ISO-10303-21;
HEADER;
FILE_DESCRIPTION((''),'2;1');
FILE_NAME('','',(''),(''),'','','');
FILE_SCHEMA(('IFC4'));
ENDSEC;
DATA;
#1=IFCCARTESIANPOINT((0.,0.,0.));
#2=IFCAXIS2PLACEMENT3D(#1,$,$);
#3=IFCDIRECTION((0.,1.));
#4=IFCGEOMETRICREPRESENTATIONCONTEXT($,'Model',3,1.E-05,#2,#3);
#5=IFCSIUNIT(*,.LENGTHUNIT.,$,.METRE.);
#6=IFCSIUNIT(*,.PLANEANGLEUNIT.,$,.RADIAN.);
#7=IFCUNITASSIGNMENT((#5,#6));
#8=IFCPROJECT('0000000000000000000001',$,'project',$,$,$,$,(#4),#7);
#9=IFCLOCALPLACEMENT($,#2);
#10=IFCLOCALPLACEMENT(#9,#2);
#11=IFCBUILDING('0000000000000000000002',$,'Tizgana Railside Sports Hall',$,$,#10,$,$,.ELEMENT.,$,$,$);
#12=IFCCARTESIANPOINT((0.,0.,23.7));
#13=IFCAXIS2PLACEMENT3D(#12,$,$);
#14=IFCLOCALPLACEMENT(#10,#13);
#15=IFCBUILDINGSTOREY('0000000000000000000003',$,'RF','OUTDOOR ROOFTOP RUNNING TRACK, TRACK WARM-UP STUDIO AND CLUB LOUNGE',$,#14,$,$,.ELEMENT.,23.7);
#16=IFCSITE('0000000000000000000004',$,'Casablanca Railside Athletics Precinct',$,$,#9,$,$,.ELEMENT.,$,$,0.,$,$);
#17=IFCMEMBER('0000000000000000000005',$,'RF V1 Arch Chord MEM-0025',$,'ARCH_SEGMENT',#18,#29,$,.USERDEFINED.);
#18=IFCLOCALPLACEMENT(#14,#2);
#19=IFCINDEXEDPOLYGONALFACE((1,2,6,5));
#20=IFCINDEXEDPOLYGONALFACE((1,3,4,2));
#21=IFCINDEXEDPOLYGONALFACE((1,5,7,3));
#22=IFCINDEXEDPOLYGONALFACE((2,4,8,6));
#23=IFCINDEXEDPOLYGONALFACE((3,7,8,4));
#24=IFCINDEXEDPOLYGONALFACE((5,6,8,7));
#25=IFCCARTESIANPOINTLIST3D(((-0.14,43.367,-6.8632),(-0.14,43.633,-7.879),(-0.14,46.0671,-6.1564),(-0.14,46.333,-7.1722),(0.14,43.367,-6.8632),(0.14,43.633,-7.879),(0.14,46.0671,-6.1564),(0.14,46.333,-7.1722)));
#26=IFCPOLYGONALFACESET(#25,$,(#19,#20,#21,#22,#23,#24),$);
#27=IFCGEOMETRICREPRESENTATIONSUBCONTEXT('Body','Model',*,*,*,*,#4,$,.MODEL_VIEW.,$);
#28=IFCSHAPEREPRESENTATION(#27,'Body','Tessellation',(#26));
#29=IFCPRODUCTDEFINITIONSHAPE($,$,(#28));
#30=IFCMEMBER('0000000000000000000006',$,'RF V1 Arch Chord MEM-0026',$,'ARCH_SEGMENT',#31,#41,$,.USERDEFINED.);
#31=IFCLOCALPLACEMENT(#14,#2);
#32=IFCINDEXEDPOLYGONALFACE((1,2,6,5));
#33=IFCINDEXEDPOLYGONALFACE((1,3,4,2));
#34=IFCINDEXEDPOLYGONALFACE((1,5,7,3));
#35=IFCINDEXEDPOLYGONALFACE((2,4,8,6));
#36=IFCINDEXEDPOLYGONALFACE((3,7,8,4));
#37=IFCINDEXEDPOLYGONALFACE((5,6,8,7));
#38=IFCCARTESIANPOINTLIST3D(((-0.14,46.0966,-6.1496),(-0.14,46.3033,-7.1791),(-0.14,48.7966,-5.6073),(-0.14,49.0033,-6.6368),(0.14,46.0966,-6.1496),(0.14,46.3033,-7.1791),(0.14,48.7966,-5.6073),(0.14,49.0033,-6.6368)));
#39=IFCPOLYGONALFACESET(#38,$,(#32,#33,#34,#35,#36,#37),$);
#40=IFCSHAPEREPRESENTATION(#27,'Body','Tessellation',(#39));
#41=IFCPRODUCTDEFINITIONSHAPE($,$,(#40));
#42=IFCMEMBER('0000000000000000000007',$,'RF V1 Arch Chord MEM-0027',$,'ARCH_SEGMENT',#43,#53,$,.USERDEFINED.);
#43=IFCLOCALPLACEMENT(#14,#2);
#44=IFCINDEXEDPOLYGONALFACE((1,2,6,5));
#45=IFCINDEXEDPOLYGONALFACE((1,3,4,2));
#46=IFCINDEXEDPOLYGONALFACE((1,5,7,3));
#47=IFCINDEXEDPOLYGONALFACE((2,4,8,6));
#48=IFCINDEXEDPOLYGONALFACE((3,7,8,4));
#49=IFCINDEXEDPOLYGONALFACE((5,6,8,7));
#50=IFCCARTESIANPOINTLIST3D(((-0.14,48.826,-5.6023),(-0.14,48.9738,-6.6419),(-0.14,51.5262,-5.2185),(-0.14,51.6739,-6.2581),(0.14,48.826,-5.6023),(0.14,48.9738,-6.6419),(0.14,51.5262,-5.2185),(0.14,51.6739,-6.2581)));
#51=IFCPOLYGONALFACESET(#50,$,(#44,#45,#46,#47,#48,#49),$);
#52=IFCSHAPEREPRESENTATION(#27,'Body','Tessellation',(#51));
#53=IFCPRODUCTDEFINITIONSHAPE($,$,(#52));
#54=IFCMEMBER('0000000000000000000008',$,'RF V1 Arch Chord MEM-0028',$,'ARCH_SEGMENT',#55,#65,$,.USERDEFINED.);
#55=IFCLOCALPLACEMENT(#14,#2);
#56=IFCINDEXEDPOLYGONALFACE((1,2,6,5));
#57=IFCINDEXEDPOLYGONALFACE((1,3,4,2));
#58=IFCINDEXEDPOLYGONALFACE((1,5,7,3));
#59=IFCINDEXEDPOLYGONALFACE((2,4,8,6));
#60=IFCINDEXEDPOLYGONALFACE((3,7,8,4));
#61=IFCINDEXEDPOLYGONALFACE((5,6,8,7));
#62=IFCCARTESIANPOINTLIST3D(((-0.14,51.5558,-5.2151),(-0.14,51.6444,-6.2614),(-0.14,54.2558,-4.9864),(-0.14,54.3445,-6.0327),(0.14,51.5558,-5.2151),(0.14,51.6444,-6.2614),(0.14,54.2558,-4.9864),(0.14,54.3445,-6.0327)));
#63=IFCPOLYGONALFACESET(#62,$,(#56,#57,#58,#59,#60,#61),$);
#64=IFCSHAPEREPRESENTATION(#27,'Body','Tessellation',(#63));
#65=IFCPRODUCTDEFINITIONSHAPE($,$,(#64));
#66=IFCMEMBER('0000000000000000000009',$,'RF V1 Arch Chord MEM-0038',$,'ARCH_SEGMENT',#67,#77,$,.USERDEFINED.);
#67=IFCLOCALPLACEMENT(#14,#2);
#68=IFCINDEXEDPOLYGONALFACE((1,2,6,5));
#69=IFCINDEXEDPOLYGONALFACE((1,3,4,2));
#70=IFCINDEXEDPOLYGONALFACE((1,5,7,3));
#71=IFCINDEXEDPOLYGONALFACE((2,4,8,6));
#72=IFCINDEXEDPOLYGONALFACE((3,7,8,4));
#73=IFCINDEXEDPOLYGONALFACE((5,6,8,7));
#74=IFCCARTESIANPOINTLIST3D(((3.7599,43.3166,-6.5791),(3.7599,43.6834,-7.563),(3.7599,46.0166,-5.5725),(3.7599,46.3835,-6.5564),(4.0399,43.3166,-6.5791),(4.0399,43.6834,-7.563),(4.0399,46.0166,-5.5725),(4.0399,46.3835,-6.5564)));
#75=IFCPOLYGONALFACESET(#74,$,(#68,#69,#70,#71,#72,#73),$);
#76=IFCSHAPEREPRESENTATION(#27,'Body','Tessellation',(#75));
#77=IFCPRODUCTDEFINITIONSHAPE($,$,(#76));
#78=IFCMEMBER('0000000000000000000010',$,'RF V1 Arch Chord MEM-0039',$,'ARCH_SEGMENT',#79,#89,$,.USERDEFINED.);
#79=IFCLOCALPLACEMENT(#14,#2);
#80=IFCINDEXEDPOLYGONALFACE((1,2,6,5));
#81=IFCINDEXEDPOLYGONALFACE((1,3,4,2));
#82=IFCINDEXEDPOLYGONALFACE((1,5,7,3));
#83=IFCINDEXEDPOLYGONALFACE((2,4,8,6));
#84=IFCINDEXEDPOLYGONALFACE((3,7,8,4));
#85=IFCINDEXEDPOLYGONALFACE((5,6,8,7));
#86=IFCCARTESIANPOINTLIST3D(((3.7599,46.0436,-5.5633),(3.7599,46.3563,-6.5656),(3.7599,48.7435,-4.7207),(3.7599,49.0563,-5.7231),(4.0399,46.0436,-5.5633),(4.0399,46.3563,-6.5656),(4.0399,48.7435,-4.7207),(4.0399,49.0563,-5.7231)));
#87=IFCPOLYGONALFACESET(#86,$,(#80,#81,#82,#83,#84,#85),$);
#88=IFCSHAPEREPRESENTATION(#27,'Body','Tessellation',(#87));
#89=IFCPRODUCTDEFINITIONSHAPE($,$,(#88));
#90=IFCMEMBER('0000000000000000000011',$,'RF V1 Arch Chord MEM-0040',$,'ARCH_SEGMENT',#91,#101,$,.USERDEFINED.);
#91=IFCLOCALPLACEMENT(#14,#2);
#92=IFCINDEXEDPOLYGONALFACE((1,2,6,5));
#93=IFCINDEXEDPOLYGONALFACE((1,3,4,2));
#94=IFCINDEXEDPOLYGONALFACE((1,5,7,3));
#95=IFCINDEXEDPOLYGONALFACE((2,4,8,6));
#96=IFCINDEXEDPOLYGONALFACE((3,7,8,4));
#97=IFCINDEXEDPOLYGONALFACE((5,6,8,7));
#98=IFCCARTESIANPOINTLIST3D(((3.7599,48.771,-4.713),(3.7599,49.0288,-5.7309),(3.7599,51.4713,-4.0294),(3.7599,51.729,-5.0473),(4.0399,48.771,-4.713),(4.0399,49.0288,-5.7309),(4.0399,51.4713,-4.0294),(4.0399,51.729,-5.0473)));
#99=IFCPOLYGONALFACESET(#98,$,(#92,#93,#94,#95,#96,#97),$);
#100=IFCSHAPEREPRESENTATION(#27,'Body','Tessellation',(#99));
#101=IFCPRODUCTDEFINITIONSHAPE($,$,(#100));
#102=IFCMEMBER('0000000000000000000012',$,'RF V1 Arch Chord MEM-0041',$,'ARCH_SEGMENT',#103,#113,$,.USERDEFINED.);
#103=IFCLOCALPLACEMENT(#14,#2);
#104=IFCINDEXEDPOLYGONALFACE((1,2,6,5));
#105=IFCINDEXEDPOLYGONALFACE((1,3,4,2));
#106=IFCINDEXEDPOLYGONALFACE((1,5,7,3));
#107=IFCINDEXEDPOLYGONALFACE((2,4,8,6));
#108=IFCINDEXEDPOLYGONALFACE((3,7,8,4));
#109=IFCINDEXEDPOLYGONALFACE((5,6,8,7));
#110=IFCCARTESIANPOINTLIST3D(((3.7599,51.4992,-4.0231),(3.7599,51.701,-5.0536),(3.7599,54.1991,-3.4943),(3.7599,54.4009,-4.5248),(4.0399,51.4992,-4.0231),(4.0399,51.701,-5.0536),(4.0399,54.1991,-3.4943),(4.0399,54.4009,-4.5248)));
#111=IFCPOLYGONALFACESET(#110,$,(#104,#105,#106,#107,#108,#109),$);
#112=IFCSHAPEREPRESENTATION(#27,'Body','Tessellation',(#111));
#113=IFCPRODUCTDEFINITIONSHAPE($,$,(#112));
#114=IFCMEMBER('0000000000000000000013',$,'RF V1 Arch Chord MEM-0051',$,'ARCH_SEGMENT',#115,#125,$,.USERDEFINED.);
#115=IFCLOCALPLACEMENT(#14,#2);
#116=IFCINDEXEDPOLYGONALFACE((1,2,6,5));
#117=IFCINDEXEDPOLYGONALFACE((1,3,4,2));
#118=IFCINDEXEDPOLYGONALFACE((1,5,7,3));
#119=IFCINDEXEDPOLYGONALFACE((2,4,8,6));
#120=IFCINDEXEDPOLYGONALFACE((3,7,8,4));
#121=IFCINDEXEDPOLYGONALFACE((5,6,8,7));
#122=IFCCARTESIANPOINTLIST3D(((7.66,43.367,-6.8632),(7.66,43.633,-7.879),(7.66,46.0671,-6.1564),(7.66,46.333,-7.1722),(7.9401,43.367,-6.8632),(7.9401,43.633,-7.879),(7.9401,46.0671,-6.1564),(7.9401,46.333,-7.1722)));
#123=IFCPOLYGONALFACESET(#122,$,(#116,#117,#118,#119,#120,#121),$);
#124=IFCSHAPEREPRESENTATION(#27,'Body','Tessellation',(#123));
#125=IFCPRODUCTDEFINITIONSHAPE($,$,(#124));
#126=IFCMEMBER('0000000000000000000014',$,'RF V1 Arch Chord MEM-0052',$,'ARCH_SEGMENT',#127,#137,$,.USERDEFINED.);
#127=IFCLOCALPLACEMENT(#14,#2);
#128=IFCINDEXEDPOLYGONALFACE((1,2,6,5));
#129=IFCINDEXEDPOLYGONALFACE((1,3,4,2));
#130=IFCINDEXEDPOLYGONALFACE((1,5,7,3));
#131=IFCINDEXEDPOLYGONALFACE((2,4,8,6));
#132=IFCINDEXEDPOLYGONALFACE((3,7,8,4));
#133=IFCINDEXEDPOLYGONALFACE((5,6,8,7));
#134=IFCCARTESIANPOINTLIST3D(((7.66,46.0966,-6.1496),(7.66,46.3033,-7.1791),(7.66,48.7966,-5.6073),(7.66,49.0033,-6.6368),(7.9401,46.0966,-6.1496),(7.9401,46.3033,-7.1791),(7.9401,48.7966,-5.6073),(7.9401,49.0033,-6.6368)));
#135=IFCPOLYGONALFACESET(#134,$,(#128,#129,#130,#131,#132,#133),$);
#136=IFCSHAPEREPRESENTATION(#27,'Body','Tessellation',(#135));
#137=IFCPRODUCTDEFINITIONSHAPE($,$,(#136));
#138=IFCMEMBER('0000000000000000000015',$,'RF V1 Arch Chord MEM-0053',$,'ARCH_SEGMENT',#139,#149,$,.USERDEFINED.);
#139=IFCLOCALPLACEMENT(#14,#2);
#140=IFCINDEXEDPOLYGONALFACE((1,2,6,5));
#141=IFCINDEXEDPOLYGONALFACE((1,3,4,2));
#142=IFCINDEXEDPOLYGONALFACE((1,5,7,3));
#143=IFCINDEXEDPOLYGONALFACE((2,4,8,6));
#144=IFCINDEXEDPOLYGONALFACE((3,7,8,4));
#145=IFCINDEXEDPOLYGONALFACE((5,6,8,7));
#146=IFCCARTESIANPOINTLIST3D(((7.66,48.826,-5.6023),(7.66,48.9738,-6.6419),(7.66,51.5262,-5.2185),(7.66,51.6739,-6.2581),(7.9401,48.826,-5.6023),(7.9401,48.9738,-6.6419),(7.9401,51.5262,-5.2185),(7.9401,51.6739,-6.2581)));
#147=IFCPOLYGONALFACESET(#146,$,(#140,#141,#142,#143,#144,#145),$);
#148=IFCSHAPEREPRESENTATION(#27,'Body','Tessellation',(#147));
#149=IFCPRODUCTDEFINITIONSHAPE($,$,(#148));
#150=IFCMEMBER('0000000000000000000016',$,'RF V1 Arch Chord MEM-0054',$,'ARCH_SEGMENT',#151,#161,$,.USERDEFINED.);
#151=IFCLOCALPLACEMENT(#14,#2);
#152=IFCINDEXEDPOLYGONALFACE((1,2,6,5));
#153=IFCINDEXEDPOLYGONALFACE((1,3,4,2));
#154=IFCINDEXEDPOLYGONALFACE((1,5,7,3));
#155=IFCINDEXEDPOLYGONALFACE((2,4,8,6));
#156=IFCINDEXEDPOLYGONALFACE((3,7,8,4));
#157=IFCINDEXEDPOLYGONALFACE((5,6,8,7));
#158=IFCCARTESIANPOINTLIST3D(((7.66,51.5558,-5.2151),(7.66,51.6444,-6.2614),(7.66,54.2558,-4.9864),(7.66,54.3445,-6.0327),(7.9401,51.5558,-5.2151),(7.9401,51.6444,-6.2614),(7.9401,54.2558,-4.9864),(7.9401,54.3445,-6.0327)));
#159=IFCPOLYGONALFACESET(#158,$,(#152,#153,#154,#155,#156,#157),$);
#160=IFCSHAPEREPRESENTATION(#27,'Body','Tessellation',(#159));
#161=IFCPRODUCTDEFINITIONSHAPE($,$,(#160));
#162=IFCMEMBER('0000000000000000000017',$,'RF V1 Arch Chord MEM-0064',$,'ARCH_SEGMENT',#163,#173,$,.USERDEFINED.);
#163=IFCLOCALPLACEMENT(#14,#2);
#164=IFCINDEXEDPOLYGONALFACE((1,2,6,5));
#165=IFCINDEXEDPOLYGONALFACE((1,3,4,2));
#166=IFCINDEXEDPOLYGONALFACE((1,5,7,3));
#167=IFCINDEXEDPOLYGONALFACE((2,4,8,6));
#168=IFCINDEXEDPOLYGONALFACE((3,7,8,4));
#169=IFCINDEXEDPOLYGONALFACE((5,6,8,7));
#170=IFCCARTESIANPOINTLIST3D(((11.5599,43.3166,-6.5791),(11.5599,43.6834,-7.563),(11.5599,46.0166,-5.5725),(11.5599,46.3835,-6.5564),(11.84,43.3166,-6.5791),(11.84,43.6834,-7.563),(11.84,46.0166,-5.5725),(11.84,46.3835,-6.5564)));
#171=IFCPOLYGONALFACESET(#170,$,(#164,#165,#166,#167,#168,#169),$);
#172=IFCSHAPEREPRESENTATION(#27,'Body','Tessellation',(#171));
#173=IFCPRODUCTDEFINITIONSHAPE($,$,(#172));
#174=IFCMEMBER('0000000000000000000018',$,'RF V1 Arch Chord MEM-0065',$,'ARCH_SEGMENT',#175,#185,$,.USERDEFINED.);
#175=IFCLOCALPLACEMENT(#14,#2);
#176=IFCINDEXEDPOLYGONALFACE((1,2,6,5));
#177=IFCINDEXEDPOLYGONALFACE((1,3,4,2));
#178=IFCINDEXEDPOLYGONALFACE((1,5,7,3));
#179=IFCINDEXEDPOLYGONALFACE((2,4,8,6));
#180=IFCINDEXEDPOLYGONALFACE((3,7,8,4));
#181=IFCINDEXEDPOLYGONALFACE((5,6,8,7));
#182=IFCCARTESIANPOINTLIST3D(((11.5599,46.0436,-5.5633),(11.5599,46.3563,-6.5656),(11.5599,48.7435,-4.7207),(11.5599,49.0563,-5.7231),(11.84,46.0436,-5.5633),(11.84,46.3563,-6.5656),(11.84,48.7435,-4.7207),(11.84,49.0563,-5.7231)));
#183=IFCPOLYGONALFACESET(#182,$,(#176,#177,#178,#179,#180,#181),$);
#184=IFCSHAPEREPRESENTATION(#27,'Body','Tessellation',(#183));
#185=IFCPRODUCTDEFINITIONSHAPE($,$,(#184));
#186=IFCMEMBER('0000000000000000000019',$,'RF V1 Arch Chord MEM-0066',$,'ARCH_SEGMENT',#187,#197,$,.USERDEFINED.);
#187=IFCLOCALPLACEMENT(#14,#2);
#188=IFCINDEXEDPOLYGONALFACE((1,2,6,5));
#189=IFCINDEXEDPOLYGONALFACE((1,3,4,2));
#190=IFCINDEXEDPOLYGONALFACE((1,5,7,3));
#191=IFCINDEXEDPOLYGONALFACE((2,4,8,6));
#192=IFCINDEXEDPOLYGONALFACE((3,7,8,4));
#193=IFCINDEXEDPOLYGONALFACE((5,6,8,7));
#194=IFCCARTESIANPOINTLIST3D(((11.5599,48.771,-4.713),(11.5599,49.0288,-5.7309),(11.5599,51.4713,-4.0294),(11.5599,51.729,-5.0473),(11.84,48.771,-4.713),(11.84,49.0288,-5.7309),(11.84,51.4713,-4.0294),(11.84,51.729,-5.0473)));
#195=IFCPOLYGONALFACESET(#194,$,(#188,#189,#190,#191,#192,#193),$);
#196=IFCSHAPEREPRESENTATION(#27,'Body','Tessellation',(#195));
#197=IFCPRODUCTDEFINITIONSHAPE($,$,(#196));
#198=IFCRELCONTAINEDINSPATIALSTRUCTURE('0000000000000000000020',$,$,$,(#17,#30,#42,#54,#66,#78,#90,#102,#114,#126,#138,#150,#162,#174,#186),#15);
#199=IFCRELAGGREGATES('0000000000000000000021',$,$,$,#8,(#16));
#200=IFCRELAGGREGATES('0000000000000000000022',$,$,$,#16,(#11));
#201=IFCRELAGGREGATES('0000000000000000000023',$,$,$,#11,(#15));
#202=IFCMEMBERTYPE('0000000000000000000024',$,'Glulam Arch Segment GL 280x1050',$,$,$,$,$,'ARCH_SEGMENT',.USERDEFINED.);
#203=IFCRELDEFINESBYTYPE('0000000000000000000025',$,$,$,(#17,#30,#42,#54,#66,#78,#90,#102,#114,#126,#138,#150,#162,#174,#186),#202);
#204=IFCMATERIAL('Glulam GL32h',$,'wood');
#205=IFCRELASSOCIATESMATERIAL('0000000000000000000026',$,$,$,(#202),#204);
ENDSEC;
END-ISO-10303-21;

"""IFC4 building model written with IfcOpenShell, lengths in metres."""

from ifc_helpers import new_model, si_unit, direction, frame, origin, origin_2d, place, context, subcontext, project, spatial, rectangle, extrude, material, material_profile, profile_set, type_object, element, save


model = new_model("IFC4")

# Units and contexts
model_context = context("Model", 3, precision=1e-05, world=origin(), true_north=direction((0.0, 1.0)))
body_context = subcontext(model_context, "Body", "Model", "MODEL_VIEW")
ifc_project = project(units=[si_unit("LENGTHUNIT", "METRE"), si_unit("PLANEANGLEUNIT", "RADIAN")], contexts=[model_context])

# Site, building, storey
site_placement = place(None, origin())
site = spatial("IfcSite", under=ifc_project, at=site_placement, Name="Casablanca Railside Athletics Precinct", CompositionType="ELEMENT", RefElevation=0.0)
building_placement = place(site_placement, origin())
building = spatial("IfcBuilding", under=site, at=building_placement, Name="Tizgana Railside Sports Hall", CompositionType="ELEMENT")
storey_placement = place(building_placement, frame((0.0, 0.0, 23.7)))
storey = spatial("IfcBuildingStorey", under=building, at=storey_placement, Name="RF", Description="OUTDOOR ROOFTOP RUNNING TRACK, TRACK WARM-UP STUDIO AND CLUB LOUNGE", CompositionType="ELEMENT", Elevation=23.7)

# Members
ifc_material_1 = material(Name="Glulam GL32h", Category="wood")
ifc_material_profile_1 = material_profile(ifc_material_1, rectangle(XDim=0.28, YDim=1.05, at=origin_2d()), Name="GL 280x1050")
ifc_profile_set_1 = profile_set([ifc_material_profile_1], Name="Glulam GL32h")
member_type_1 = type_object("IfcMemberType", Name="Glulam Arch Segment GL 280x1050", ElementType="ARCH_SEGMENT", PredefinedType="USERDEFINED", material=ifc_profile_set_1)
member_1_placement = place(storey_placement, frame((0.0, 43.5, -7.3711), z_axis=(0.0, 0.967402, 0.253244), x_axis=(-1.0, 0.0, 0.0)))
element("IfcMember", 1, at=member_1_placement, inside=storey, type_object=member_type_1, Name="RF V1 Arch Chord MEM-0025", ObjectType="ARCH_SEGMENT", PredefinedType="USERDEFINED", context=body_context, shape_type="SweptSolid", body=[
    extrude(rectangle(XDim=0.28, YDim=1.05, at=origin_2d()), origin(), (0.0, 0.0, 1.0), 2.791),
])
member_2_placement = place(storey_placement, frame((0.0, 46.2, -6.6643), z_axis=(0.0, 0.980424, 0.1969), x_axis=(-1.0, 0.0, 0.0)))
element("IfcMember", 2, at=member_2_placement, inside=storey, type_object=member_type_1, Name="RF V1 Arch Chord MEM-0026", ObjectType="ARCH_SEGMENT", PredefinedType="USERDEFINED", context=body_context, shape_type="SweptSolid", body=[
    extrude(rectangle(XDim=0.28, YDim=1.05, at=origin_2d()), origin(), (0.0, 0.0, 1.0), 2.7539),
])
member_3_placement = place(storey_placement, frame((0.0, 48.8999, -6.1221), z_axis=(0.0, 0.99005, 0.14072), x_axis=(-1.0, 0.0, 0.0)))
element("IfcMember", 3, at=member_3_placement, inside=storey, type_object=member_type_1, Name="RF V1 Arch Chord MEM-0027", ObjectType="ARCH_SEGMENT", PredefinedType="USERDEFINED", context=body_context, shape_type="SweptSolid", body=[
    extrude(rectangle(XDim=0.28, YDim=1.05, at=origin_2d()), origin(), (0.0, 0.0, 1.0), 2.7273),
])
member_4_placement = place(storey_placement, frame((0.0, 51.6001, -5.7383), z_axis=(0.0, 0.99643, 0.084425), x_axis=(-1.0, 0.0, 0.0)))
element("IfcMember", 4, at=member_4_placement, inside=storey, type_object=member_type_1, Name="RF V1 Arch Chord MEM-0028", ObjectType="ARCH_SEGMENT", PredefinedType="USERDEFINED", context=body_context, shape_type="SweptSolid", body=[
    extrude(rectangle(XDim=0.28, YDim=1.05, at=origin_2d()), origin(), (0.0, 0.0, 1.0), 2.7097),
])
member_5_placement = place(storey_placement, frame((3.8999, 43.5, -7.071), z_axis=(0.0, 0.936999, 0.349331), x_axis=(-1.0, 0.0, 0.0)))
element("IfcMember", 5, at=member_5_placement, inside=storey, type_object=member_type_1, Name="RF V1 Arch Chord MEM-0038", ObjectType="ARCH_SEGMENT", PredefinedType="USERDEFINED", context=body_context, shape_type="SweptSolid", body=[
    extrude(rectangle(XDim=0.28, YDim=1.05, at=origin_2d()), origin(), (0.0, 0.0, 1.0), 2.8816),
])
member_6_placement = place(storey_placement, frame((3.8999, 46.2, -6.0645), z_axis=(0.0, 0.954601, 0.297887), x_axis=(-1.0, 0.0, 0.0)))
element("IfcMember", 6, at=member_6_placement, inside=storey, type_object=member_type_1, Name="RF V1 Arch Chord MEM-0039", ObjectType="ARCH_SEGMENT", PredefinedType="USERDEFINED", context=body_context, shape_type="SweptSolid", body=[
    extrude(rectangle(XDim=0.28, YDim=1.05, at=origin_2d()), origin(), (0.0, 0.0, 1.0), 2.8284),
])
member_7_placement = place(storey_placement, frame((3.8999, 48.8999, -5.2219), z_axis=(0.0, 0.969416, 0.245422), x_axis=(-1.0, 0.0, 0.0)))
element("IfcMember", 7, at=member_7_placement, inside=storey, type_object=member_type_1, Name="RF V1 Arch Chord MEM-0040", ObjectType="ARCH_SEGMENT", PredefinedType="USERDEFINED", context=body_context, shape_type="SweptSolid", body=[
    extrude(rectangle(XDim=0.28, YDim=1.05, at=origin_2d()), origin(), (0.0, 0.0, 1.0), 2.7854),
])
member_8_placement = place(storey_placement, frame((3.8999, 51.6001, -4.5383), z_axis=(0.0, 0.981354, 0.192207), x_axis=(-1.0, 0.0, 0.0)))
element("IfcMember", 8, at=member_8_placement, inside=storey, type_object=member_type_1, Name="RF V1 Arch Chord MEM-0041", ObjectType="ARCH_SEGMENT", PredefinedType="USERDEFINED", context=body_context, shape_type="SweptSolid", body=[
    extrude(rectangle(XDim=0.28, YDim=1.05, at=origin_2d()), origin(), (0.0, 0.0, 1.0), 2.7512),
])
member_9_placement = place(storey_placement, frame((7.8, 43.5, -7.3711), z_axis=(0.0, 0.967402, 0.253244), x_axis=(-1.0, 0.0, 0.0)))
element("IfcMember", 9, at=member_9_placement, inside=storey, type_object=member_type_1, Name="RF V1 Arch Chord MEM-0051", ObjectType="ARCH_SEGMENT", PredefinedType="USERDEFINED", context=body_context, shape_type="SweptSolid", body=[
    extrude(rectangle(XDim=0.28, YDim=1.05, at=origin_2d()), origin(), (0.0, 0.0, 1.0), 2.791),
])
member_10_placement = place(storey_placement, frame((7.8, 46.2, -6.6643), z_axis=(0.0, 0.980424, 0.1969), x_axis=(-1.0, 0.0, 0.0)))
element("IfcMember", 10, at=member_10_placement, inside=storey, type_object=member_type_1, Name="RF V1 Arch Chord MEM-0052", ObjectType="ARCH_SEGMENT", PredefinedType="USERDEFINED", context=body_context, shape_type="SweptSolid", body=[
    extrude(rectangle(XDim=0.28, YDim=1.05, at=origin_2d()), origin(), (0.0, 0.0, 1.0), 2.7539),
])
member_11_placement = place(storey_placement, frame((7.8, 48.8999, -6.1221), z_axis=(0.0, 0.99005, 0.14072), x_axis=(-1.0, 0.0, 0.0)))
element("IfcMember", 11, at=member_11_placement, inside=storey, type_object=member_type_1, Name="RF V1 Arch Chord MEM-0053", ObjectType="ARCH_SEGMENT", PredefinedType="USERDEFINED", context=body_context, shape_type="SweptSolid", body=[
    extrude(rectangle(XDim=0.28, YDim=1.05, at=origin_2d()), origin(), (0.0, 0.0, 1.0), 2.7273),
])
member_12_placement = place(storey_placement, frame((7.8, 51.6001, -5.7383), z_axis=(0.0, 0.99643, 0.084425), x_axis=(-1.0, 0.0, 0.0)))
element("IfcMember", 12, at=member_12_placement, inside=storey, type_object=member_type_1, Name="RF V1 Arch Chord MEM-0054", ObjectType="ARCH_SEGMENT", PredefinedType="USERDEFINED", context=body_context, shape_type="SweptSolid", body=[
    extrude(rectangle(XDim=0.28, YDim=1.05, at=origin_2d()), origin(), (0.0, 0.0, 1.0), 2.7097),
])
member_13_placement = place(storey_placement, frame((11.7, 43.5, -7.071), z_axis=(0.0, 0.936999, 0.349331), x_axis=(-1.0, 0.0, 0.0)))
element("IfcMember", 13, at=member_13_placement, inside=storey, type_object=member_type_1, Name="RF V1 Arch Chord MEM-0064", ObjectType="ARCH_SEGMENT", PredefinedType="USERDEFINED", context=body_context, shape_type="SweptSolid", body=[
    extrude(rectangle(XDim=0.28, YDim=1.05, at=origin_2d()), origin(), (0.0, 0.0, 1.0), 2.8816),
])
member_14_placement = place(storey_placement, frame((11.7, 46.2, -6.0645), z_axis=(0.0, 0.954601, 0.297887), x_axis=(-1.0, 0.0, 0.0)))
element("IfcMember", 14, at=member_14_placement, inside=storey, type_object=member_type_1, Name="RF V1 Arch Chord MEM-0065", ObjectType="ARCH_SEGMENT", PredefinedType="USERDEFINED", context=body_context, shape_type="SweptSolid", body=[
    extrude(rectangle(XDim=0.28, YDim=1.05, at=origin_2d()), origin(), (0.0, 0.0, 1.0), 2.8284),
])
member_15_placement = place(storey_placement, frame((11.7, 48.8999, -5.2219), z_axis=(0.0, 0.969416, 0.245422), x_axis=(-1.0, 0.0, 0.0)))
element("IfcMember", 15, at=member_15_placement, inside=storey, type_object=member_type_1, Name="RF V1 Arch Chord MEM-0066", ObjectType="ARCH_SEGMENT", PredefinedType="USERDEFINED", context=body_context, shape_type="SweptSolid", body=[
    extrude(rectangle(XDim=0.28, YDim=1.05, at=origin_2d()), origin(), (0.0, 0.0, 1.0), 2.7854),
])

save(model, "model.ifc")
